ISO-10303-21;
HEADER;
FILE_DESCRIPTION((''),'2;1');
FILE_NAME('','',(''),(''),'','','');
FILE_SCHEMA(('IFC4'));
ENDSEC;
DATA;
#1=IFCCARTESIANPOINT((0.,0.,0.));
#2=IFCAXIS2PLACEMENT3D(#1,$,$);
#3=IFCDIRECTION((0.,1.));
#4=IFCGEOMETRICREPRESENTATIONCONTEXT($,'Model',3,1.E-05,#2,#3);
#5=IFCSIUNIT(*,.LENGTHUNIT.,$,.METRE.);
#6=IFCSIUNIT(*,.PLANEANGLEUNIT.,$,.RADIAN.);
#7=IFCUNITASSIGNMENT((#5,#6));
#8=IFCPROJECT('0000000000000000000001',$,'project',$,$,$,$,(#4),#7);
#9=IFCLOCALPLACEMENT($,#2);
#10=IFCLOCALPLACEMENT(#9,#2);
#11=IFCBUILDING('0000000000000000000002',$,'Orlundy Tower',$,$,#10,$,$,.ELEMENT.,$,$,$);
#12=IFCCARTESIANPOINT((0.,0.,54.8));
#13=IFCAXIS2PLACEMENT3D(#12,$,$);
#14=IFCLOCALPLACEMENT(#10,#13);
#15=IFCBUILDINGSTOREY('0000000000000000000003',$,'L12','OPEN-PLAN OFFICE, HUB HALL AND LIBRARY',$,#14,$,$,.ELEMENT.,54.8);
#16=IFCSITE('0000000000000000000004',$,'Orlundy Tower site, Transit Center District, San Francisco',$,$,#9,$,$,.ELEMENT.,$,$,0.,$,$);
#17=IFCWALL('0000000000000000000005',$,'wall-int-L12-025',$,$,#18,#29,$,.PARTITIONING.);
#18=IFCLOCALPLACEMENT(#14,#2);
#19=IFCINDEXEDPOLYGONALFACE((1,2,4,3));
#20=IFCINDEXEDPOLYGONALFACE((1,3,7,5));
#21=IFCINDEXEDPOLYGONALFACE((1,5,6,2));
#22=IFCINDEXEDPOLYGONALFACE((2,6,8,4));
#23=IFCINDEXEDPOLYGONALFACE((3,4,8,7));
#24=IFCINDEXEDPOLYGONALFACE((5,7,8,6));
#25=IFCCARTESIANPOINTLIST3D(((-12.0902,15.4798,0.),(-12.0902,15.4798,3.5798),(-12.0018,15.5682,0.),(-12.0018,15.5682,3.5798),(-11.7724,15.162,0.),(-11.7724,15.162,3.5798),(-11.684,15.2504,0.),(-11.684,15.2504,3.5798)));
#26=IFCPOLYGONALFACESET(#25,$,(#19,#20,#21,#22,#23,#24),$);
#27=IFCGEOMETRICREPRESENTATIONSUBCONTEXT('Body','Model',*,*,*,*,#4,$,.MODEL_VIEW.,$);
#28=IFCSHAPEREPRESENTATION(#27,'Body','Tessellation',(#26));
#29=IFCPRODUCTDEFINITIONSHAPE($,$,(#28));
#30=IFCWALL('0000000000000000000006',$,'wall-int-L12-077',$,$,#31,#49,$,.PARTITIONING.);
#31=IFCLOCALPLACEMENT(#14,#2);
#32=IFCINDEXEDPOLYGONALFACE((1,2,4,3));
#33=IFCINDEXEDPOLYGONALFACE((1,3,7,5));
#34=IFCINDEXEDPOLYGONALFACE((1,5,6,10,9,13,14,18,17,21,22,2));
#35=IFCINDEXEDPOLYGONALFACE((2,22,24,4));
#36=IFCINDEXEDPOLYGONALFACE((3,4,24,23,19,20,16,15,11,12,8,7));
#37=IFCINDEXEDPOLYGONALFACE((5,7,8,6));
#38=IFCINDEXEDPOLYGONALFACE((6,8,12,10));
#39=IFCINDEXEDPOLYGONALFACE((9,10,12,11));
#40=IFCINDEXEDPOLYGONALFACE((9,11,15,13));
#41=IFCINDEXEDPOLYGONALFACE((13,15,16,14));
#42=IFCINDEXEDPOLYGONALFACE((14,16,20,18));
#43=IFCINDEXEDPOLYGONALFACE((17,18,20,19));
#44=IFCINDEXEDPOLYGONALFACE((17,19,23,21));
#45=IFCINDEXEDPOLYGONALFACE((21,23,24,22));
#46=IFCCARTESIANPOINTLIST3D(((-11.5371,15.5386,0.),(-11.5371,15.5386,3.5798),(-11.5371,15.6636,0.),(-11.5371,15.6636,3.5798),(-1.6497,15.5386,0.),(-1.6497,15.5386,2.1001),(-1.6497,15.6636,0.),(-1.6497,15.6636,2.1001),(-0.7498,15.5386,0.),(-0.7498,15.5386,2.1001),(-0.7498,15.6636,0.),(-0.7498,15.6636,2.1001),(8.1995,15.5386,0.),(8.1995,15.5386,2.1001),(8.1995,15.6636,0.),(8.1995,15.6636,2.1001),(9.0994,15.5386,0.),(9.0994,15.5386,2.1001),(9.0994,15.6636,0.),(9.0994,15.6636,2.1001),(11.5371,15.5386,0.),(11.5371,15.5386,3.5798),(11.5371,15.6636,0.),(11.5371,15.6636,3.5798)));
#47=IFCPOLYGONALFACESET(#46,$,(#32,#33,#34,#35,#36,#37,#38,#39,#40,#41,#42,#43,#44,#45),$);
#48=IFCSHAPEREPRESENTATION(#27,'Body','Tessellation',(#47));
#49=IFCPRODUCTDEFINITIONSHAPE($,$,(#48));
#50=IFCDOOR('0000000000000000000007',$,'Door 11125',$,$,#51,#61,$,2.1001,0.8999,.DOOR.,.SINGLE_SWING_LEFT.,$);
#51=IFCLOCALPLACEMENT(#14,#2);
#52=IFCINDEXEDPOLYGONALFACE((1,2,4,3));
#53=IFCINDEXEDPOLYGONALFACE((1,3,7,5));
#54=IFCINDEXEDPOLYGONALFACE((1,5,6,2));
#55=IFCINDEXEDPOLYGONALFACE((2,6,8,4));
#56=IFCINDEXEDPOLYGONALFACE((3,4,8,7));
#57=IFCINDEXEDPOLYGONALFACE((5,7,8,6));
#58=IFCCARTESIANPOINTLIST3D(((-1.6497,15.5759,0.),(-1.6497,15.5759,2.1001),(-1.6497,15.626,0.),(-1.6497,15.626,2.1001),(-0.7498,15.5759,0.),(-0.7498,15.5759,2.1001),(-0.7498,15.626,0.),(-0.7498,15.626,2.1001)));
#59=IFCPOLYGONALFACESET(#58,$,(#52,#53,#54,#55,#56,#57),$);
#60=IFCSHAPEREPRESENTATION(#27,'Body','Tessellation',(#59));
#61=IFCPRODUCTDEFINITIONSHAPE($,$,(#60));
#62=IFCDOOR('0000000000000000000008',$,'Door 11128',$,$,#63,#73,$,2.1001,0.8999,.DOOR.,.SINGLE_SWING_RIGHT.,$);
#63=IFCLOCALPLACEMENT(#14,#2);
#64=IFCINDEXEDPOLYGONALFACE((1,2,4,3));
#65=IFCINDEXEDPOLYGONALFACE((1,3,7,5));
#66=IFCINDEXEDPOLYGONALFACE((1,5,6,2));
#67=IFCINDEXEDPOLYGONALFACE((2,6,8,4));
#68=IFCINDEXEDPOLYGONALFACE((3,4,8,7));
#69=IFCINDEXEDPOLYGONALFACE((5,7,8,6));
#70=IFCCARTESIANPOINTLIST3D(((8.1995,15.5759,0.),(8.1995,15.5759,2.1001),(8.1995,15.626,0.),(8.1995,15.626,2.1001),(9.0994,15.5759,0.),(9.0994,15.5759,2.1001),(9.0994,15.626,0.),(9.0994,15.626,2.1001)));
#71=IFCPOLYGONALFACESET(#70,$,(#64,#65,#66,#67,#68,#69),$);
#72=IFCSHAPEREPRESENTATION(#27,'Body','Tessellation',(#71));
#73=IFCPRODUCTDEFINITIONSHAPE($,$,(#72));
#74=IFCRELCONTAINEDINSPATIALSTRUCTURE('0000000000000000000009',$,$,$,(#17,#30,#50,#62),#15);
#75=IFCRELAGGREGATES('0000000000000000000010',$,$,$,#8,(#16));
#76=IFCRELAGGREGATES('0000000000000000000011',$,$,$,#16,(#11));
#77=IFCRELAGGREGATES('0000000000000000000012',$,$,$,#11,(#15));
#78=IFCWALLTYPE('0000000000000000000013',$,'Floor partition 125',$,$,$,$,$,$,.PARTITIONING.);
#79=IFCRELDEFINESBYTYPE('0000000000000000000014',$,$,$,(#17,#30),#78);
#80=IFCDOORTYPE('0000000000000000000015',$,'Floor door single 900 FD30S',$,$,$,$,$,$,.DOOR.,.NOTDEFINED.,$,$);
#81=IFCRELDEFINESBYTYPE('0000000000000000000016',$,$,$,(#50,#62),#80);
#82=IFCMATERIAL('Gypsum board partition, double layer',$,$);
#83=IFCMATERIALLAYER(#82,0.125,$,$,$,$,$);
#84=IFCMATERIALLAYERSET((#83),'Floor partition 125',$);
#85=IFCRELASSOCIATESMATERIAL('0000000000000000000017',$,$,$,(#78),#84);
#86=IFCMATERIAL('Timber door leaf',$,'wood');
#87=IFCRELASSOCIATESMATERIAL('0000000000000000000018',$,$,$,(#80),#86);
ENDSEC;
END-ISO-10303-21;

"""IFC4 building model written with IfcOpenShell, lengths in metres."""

from ifc_helpers import new_model, si_unit, direction, frame, frame_2d, origin, place, context, subcontext, project, spatial, rectangle, extrude, material, layer, layer_set, type_object, element, fill, save


model = new_model("IFC4")

# Units and contexts
model_context = context("Model", 3, precision=1e-05, world=origin(), true_north=direction((0.0, 1.0)))
body_context = subcontext(model_context, "Body", "Model", "MODEL_VIEW")
ifc_project = project(units=[si_unit("LENGTHUNIT", "METRE"), si_unit("PLANEANGLEUNIT", "RADIAN")], contexts=[model_context])

# Site, building, storey
site_placement = place(None, origin())
site = spatial("IfcSite", under=ifc_project, at=site_placement, Name="Orlundy Tower site, Transit Center District, San Francisco", CompositionType="ELEMENT", RefElevation=0.0)
building_placement = place(site_placement, origin())
building = spatial("IfcBuilding", under=site, at=building_placement, Name="Orlundy Tower", CompositionType="ELEMENT")
storey_placement = place(building_placement, frame((0.0, 0.0, 54.8)))
storey = spatial("IfcBuildingStorey", under=building, at=storey_placement, Name="L12", Description="OPEN-PLAN OFFICE, HUB HALL AND LIBRARY", CompositionType="ELEMENT", Elevation=54.8)

# Wall
ifc_material_1 = material(Name="Gypsum board partition, double layer")
ifc_layer_1 = layer(ifc_material_1, 0.125)
ifc_layer_set_1 = layer_set([ifc_layer_1], Name="Floor partition 125")
wall_type_1 = type_object("IfcWallType", Name="Floor partition 125", PredefinedType="PARTITIONING", material=ifc_layer_set_1)
wall_1_placement = place(storey_placement, frame((-12.0459, 15.5239, 0.0), z_axis=(0.0, 0.0, 1.0), x_axis=(0.707107, -0.707107, 0.0)))
element("IfcWall", 1, at=wall_1_placement, inside=storey, type_object=wall_type_1, Name="wall-int-L12-025", PredefinedType="PARTITIONING", context=body_context, shape_type="SweptSolid", body=[
    extrude(rectangle(XDim=0.4495, YDim=0.125, at=frame_2d((0.2246, 0.0))), origin(), (0.0, 0.0, 1.0), 3.5798),
])

# Wall, openings, doors
wall_2_placement = place(storey_placement, frame((-11.5371, 15.6011, 0.0), z_axis=(0.0, 0.0, 1.0), x_axis=(1.0, 0.0, 0.0)))
wall_2 = element("IfcWall", 2, at=wall_2_placement, inside=storey, type_object=wall_type_1, Name="wall-int-L12-077", PredefinedType="PARTITIONING", context=body_context, shape_type="SweptSolid", body=[
    extrude(rectangle(XDim=23.0742, YDim=0.125, at=frame_2d((11.5371, 0.0))), origin(), (0.0, 0.0, 1.0), 3.5798),
])
opening_1_placement = place(wall_2_placement, frame((9.8875, 0.0, 0.0)))
opening_1 = element("IfcOpeningElement", 3, at=opening_1_placement, cuts=wall_2, PredefinedType="OPENING", context=body_context, shape_type="SweptSolid", body=[
    extrude(rectangle(XDim=0.8999, YDim=2.1001, at=frame_2d((0.45, 1.05))), frame((0.0, 0.0725, 0.0), z_axis=(0.0, -1.0, 0.0), x_axis=(1.0, 0.0, 0.0)), (0.0, 0.0, 1.0), 0.145),
])
opening_2_placement = place(wall_2_placement, frame((19.7366, 0.0, 0.0)))
opening_2 = element("IfcOpeningElement", 4, at=opening_2_placement, cuts=wall_2, PredefinedType="OPENING", context=body_context, shape_type="SweptSolid", body=[
    extrude(rectangle(XDim=0.8999, YDim=2.1001, at=frame_2d((0.45, 1.05))), frame((0.0, 0.0725, 0.0), z_axis=(0.0, -1.0, 0.0), x_axis=(1.0, 0.0, 0.0)), (0.0, 0.0, 1.0), 0.145),
])
ifc_material_2 = material(Name="Timber door leaf", Category="wood")
door_type = type_object("IfcDoorType", Name="Floor door single 900 FD30S", OperationType="NOTDEFINED", PredefinedType="DOOR", material=ifc_material_2)
door_1_placement = place(opening_1_placement, origin())
door_1 = element("IfcDoor", 5, at=door_1_placement, inside=storey, type_object=door_type, Name="Door 11125", OperationType="SINGLE_SWING_LEFT", OverallHeight=2.1001, OverallWidth=0.8999, PredefinedType="DOOR", context=body_context, shape_type="SweptSolid", body=[
    extrude(rectangle(XDim=0.8999, YDim=2.1001, at=frame_2d((0.45, 1.05))), frame((0.0, 0.0249, 0.0), z_axis=(0.0, -1.0, 0.0), x_axis=(1.0, 0.0, 0.0)), (0.0, 0.0, 1.0), 0.05),
])
fill(opening_1, door_1)
door_2_placement = place(opening_2_placement, origin())
door_2 = element("IfcDoor", 6, at=door_2_placement, inside=storey, type_object=door_type, Name="Door 11128", OperationType="SINGLE_SWING_RIGHT", OverallHeight=2.1001, OverallWidth=0.8999, PredefinedType="DOOR", context=body_context, shape_type="SweptSolid", body=[
    extrude(rectangle(XDim=0.8999, YDim=2.1001, at=frame_2d((0.45, 1.05))), frame((0.0, 0.0249, 0.0), z_axis=(0.0, -1.0, 0.0), x_axis=(1.0, 0.0, 0.0)), (0.0, 0.0, 1.0), 0.05),
])
fill(opening_2, door_2)

save(model, "model.ifc")
